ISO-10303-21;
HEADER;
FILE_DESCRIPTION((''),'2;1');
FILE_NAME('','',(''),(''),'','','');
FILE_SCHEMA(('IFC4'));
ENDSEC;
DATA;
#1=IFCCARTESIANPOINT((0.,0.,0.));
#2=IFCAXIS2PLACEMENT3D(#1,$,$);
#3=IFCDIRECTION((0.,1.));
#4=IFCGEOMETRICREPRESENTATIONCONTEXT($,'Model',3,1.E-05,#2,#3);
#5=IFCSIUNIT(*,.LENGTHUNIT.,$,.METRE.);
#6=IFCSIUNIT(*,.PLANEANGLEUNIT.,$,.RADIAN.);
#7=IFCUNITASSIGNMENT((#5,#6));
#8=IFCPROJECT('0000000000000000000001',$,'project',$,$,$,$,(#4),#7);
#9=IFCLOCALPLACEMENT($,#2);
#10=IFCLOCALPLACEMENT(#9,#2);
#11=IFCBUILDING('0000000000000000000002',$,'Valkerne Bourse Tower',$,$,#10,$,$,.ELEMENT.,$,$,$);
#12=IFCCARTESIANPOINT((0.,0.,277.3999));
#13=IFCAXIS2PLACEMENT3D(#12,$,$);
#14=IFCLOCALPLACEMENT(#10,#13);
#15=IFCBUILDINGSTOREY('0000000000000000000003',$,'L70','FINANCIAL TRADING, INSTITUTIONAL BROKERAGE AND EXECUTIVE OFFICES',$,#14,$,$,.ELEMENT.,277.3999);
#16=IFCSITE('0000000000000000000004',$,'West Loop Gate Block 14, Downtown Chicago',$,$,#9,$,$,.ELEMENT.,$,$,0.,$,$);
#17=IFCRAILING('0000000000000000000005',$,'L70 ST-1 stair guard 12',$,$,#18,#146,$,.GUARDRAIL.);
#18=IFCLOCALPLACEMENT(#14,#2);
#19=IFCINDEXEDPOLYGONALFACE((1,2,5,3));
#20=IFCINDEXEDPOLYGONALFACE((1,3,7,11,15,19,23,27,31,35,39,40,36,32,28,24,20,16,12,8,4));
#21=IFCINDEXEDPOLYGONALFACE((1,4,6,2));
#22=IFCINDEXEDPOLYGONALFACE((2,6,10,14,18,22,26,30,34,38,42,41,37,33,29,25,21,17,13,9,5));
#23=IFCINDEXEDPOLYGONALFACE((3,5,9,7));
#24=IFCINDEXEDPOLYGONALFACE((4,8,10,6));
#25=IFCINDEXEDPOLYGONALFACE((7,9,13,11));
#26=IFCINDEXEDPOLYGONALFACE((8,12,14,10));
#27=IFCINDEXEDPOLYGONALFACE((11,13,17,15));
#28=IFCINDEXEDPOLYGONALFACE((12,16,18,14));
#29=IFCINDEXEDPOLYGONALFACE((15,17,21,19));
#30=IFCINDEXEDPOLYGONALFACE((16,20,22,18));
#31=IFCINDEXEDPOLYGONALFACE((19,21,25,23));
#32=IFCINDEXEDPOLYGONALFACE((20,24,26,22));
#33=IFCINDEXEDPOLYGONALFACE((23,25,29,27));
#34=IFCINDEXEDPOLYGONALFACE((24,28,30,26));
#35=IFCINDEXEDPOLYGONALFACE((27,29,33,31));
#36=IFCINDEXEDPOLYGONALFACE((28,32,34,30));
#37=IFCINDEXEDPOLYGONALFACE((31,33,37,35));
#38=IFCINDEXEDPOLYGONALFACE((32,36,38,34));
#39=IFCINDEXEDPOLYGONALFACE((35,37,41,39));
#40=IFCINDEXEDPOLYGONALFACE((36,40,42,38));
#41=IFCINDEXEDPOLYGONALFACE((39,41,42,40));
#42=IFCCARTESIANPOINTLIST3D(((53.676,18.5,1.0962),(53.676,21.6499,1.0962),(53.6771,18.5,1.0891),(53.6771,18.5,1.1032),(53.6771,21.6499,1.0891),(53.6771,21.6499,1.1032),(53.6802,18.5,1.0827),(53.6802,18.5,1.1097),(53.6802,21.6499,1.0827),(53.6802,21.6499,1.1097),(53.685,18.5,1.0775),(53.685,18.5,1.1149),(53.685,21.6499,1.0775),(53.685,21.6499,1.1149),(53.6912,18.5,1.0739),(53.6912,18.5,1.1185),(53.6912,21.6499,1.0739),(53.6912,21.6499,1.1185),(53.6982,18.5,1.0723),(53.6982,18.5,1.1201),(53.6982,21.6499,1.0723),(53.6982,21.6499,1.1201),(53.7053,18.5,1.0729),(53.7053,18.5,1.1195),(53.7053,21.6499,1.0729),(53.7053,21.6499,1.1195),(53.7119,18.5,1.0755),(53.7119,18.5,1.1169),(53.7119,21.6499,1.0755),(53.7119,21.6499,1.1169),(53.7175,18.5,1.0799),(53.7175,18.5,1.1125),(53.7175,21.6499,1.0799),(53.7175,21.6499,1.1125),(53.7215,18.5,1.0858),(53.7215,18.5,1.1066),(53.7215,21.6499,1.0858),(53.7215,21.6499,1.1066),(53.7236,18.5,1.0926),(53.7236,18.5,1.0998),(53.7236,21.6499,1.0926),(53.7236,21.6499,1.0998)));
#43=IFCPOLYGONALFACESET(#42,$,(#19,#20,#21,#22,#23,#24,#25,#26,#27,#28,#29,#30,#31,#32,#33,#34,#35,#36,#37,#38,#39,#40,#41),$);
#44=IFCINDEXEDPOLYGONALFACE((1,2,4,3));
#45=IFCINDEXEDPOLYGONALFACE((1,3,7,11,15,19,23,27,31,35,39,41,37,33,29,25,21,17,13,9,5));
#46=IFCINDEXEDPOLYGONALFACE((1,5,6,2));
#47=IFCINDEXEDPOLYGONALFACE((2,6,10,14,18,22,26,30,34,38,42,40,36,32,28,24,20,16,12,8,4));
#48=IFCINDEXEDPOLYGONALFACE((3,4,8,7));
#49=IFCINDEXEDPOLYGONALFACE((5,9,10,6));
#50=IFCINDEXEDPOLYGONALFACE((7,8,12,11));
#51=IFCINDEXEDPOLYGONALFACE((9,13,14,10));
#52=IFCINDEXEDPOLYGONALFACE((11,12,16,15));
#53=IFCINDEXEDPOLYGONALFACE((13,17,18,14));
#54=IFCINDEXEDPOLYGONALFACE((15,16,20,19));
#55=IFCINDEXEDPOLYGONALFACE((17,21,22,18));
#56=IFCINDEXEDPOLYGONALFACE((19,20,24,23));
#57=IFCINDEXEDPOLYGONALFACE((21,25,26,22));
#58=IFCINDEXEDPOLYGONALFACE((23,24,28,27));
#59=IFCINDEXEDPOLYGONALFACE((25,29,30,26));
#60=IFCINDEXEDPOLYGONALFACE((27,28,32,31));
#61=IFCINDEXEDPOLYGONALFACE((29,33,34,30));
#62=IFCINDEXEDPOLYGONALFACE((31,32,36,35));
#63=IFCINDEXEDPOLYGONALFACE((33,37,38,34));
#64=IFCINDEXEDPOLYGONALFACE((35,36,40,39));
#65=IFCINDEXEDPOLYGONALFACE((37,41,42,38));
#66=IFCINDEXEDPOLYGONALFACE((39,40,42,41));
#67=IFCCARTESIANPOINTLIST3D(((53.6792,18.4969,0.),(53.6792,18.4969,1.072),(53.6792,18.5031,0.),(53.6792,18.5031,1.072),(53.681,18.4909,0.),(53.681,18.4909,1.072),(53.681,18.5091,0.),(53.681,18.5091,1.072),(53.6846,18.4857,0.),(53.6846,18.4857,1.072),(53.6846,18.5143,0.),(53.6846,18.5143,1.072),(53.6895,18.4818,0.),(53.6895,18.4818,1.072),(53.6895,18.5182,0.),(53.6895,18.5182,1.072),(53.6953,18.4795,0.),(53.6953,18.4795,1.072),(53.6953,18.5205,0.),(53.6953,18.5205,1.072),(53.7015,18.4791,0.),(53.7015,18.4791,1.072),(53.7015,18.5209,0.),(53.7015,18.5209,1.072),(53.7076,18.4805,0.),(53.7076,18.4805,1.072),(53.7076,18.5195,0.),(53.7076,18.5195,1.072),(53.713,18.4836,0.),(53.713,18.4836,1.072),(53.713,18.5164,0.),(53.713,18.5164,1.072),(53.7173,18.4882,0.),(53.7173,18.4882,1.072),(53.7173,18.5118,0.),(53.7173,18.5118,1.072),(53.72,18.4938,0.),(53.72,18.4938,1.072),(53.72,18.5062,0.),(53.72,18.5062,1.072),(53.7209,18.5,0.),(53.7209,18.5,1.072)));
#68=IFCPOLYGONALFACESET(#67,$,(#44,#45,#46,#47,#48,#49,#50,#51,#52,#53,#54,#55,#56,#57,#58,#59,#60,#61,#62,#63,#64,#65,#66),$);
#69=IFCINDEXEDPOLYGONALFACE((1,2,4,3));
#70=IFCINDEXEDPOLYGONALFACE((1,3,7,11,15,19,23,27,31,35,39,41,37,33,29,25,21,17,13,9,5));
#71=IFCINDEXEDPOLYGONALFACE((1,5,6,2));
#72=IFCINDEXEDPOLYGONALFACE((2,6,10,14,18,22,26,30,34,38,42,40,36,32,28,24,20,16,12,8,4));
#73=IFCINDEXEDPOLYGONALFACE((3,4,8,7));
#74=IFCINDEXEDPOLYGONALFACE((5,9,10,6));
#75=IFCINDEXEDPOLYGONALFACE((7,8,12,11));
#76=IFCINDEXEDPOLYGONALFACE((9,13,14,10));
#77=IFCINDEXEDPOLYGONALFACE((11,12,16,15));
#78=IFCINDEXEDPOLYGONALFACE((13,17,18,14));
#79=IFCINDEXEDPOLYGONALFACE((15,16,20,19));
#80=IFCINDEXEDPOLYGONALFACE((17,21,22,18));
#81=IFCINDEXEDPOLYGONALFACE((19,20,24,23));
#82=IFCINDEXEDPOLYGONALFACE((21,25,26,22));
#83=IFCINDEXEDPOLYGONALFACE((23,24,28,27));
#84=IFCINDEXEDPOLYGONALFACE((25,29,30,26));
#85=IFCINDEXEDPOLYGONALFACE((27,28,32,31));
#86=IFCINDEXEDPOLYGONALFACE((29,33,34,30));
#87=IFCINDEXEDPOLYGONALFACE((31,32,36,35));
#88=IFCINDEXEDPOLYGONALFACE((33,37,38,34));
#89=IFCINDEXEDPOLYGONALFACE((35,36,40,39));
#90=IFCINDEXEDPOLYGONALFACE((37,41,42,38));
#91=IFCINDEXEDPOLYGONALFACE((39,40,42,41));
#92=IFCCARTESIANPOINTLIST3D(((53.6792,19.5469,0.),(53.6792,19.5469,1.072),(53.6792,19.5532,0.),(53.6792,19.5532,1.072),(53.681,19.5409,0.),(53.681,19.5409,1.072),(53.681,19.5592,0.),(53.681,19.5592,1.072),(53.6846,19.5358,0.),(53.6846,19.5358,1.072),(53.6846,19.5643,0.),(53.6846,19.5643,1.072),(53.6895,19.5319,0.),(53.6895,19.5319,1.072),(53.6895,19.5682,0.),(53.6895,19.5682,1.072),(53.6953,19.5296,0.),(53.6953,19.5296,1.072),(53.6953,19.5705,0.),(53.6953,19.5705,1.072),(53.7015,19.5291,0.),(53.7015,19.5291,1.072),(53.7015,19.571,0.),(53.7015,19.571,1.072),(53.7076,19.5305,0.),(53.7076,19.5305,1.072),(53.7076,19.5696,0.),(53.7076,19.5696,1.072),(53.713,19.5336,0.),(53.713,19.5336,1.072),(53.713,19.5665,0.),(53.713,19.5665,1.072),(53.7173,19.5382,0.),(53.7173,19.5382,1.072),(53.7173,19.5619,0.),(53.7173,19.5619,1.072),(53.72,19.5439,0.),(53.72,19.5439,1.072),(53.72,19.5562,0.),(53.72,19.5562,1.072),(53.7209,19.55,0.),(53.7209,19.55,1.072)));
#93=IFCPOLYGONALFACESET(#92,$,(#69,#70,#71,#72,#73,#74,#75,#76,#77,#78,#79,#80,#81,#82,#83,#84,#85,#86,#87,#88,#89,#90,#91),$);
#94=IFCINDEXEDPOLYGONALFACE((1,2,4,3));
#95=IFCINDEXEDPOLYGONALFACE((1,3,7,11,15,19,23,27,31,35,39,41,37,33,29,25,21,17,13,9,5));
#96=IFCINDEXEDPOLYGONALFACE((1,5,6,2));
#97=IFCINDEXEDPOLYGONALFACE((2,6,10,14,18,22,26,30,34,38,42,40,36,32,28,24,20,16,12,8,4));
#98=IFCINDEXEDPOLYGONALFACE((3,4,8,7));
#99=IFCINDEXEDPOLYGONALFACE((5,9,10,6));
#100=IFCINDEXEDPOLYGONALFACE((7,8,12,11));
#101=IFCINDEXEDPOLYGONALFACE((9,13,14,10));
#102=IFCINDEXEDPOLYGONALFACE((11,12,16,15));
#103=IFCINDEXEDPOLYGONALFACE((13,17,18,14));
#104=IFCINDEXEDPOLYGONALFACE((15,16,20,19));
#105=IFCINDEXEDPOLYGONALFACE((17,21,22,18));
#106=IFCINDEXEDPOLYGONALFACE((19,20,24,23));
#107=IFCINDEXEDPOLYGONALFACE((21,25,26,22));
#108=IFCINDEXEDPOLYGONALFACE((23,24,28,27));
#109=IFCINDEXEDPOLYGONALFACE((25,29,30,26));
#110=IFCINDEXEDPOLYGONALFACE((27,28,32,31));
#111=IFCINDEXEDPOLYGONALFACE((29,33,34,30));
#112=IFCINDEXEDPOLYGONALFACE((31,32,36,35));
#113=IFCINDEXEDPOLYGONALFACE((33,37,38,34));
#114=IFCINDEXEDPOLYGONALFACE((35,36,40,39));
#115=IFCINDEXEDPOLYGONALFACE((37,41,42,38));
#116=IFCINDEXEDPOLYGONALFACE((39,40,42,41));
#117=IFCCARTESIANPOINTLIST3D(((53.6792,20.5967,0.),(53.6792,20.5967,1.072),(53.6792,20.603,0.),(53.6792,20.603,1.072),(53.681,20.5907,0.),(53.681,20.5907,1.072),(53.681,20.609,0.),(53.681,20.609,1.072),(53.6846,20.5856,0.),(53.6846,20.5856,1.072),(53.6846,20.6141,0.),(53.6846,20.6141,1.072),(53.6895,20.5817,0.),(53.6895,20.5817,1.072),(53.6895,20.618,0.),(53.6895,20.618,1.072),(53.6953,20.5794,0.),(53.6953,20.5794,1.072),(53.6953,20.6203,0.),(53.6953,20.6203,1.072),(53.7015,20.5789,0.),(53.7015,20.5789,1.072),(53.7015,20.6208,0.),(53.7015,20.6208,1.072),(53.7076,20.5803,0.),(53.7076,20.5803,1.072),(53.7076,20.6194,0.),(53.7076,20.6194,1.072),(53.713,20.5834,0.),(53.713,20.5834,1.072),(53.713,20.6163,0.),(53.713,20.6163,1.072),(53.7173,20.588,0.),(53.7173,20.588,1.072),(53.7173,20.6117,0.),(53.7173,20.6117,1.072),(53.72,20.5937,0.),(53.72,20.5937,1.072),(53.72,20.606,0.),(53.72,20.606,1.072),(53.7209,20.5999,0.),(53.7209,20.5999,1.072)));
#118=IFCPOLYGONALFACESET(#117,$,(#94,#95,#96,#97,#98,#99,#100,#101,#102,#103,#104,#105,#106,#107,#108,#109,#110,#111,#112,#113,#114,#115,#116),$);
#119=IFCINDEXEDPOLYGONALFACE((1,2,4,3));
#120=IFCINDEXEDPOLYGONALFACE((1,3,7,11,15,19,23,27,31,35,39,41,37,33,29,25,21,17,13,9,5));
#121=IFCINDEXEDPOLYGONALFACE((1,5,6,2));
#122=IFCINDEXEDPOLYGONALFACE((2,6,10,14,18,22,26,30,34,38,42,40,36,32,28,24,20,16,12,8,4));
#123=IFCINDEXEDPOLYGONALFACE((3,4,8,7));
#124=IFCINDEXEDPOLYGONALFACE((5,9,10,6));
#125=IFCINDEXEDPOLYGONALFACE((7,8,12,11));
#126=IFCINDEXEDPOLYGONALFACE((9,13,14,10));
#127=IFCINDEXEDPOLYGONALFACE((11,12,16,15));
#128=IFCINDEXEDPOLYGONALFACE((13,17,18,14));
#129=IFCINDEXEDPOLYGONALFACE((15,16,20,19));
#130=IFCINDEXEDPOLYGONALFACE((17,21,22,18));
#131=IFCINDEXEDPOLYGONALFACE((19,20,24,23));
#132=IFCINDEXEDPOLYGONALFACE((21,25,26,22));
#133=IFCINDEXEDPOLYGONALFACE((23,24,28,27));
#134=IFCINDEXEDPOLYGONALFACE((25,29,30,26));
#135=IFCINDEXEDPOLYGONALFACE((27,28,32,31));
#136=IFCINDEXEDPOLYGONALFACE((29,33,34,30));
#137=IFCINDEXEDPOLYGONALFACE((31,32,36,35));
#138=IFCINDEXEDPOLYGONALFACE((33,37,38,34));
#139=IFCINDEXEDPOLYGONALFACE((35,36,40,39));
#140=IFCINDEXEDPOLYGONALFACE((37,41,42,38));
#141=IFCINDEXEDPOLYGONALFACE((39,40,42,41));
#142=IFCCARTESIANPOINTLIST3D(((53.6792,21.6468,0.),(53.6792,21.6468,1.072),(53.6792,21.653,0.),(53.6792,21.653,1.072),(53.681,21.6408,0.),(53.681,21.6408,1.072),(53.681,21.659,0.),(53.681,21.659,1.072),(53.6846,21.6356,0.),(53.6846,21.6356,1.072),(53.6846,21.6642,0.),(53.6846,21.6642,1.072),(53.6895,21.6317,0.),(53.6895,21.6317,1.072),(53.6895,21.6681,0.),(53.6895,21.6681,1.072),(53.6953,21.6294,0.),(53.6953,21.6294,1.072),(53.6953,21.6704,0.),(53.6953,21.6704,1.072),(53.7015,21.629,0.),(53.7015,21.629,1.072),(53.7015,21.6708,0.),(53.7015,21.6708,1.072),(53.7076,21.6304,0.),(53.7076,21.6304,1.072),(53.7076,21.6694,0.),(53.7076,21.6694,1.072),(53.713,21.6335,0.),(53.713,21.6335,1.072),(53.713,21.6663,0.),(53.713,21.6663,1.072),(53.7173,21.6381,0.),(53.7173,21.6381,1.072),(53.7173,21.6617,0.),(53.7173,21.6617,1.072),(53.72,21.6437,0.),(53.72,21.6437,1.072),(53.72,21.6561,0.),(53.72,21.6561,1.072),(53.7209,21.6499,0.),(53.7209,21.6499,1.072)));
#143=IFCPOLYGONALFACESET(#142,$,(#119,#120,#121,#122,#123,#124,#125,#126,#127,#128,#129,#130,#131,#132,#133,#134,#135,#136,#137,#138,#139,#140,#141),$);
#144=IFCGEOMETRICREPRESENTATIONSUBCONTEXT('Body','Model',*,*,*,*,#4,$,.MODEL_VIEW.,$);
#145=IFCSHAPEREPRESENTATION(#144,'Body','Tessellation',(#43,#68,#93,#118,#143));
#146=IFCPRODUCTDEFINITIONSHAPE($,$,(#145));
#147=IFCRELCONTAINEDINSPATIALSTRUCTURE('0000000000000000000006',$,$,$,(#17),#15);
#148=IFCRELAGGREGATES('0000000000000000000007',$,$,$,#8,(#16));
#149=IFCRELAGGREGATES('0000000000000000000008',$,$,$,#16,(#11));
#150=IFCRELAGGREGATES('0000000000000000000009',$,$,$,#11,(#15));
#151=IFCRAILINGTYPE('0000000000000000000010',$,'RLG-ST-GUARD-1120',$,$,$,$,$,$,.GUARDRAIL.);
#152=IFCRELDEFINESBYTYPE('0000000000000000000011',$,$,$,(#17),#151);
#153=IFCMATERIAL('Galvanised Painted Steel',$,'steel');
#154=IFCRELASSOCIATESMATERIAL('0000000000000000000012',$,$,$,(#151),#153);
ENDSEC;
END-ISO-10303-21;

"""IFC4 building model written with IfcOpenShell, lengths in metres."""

from ifc_helpers import new_model, si_unit, direction, frame, origin, origin_2d, place, context, subcontext, project, spatial, circle, extrude, material, type_object, element, save


model = new_model("IFC4")

# Units and contexts
model_context = context("Model", 3, precision=1e-05, world=origin(), true_north=direction((0.0, 1.0)))
body_context = subcontext(model_context, "Body", "Model", "MODEL_VIEW")
ifc_project = project(units=[si_unit("LENGTHUNIT", "METRE"), si_unit("PLANEANGLEUNIT", "RADIAN")], contexts=[model_context])

# Site, building, storey
site_placement = place(None, origin())
site = spatial("IfcSite", under=ifc_project, at=site_placement, Name="West Loop Gate Block 14, Downtown Chicago", CompositionType="ELEMENT", RefElevation=0.0)
building_placement = place(site_placement, origin())
building = spatial("IfcBuilding", under=site, at=building_placement, Name="Valkerne Bourse Tower", CompositionType="ELEMENT")
storey_placement = place(building_placement, frame((0.0, 0.0, 277.3999)))
storey = spatial("IfcBuildingStorey", under=building, at=storey_placement, Name="L70", Description="FINANCIAL TRADING, INSTITUTIONAL BROKERAGE AND EXECUTIVE OFFICES", CompositionType="ELEMENT", Elevation=277.3999)

# Railing
ifc_material_1 = material(Name="Galvanised Painted Steel", Category="steel")
railing_type = type_object("IfcRailingType", Name="RLG-ST-GUARD-1120", PredefinedType="GUARDRAIL", material=ifc_material_1)
railing_1_placement = place(storey_placement, frame((53.7, 18.5, 0.0)))
element("IfcRailing", 1, at=railing_1_placement, inside=storey, type_object=railing_type, Name="L70 ST-1 stair guard 12", PredefinedType="GUARDRAIL", context=body_context, shape_type="SweptSolid", body=[
    extrude(circle(Radius=0.0239, at=origin_2d()), frame((0.0, 0.0, 1.0962), z_axis=(0.0, 1.0, 0.0), x_axis=(-1.0, 0.0, 0.0)), (0.0, 0.0, 1.0), 3.1499),
    extrude(circle(Radius=0.021, at=origin_2d()), origin(), (0.0, 0.0, 1.0), 1.072),
    extrude(circle(Radius=0.021, at=origin_2d()), frame((0.0, 1.05, 0.0)), (0.0, 0.0, 1.0), 1.072),
    extrude(circle(Radius=0.021, at=origin_2d()), frame((0.0, 2.0999, 0.0)), (0.0, 0.0, 1.0), 1.072),
    extrude(circle(Radius=0.021, at=origin_2d()), frame((0.0, 3.1499, 0.0)), (0.0, 0.0, 1.0), 1.072),
])

save(model, "model.ifc")
